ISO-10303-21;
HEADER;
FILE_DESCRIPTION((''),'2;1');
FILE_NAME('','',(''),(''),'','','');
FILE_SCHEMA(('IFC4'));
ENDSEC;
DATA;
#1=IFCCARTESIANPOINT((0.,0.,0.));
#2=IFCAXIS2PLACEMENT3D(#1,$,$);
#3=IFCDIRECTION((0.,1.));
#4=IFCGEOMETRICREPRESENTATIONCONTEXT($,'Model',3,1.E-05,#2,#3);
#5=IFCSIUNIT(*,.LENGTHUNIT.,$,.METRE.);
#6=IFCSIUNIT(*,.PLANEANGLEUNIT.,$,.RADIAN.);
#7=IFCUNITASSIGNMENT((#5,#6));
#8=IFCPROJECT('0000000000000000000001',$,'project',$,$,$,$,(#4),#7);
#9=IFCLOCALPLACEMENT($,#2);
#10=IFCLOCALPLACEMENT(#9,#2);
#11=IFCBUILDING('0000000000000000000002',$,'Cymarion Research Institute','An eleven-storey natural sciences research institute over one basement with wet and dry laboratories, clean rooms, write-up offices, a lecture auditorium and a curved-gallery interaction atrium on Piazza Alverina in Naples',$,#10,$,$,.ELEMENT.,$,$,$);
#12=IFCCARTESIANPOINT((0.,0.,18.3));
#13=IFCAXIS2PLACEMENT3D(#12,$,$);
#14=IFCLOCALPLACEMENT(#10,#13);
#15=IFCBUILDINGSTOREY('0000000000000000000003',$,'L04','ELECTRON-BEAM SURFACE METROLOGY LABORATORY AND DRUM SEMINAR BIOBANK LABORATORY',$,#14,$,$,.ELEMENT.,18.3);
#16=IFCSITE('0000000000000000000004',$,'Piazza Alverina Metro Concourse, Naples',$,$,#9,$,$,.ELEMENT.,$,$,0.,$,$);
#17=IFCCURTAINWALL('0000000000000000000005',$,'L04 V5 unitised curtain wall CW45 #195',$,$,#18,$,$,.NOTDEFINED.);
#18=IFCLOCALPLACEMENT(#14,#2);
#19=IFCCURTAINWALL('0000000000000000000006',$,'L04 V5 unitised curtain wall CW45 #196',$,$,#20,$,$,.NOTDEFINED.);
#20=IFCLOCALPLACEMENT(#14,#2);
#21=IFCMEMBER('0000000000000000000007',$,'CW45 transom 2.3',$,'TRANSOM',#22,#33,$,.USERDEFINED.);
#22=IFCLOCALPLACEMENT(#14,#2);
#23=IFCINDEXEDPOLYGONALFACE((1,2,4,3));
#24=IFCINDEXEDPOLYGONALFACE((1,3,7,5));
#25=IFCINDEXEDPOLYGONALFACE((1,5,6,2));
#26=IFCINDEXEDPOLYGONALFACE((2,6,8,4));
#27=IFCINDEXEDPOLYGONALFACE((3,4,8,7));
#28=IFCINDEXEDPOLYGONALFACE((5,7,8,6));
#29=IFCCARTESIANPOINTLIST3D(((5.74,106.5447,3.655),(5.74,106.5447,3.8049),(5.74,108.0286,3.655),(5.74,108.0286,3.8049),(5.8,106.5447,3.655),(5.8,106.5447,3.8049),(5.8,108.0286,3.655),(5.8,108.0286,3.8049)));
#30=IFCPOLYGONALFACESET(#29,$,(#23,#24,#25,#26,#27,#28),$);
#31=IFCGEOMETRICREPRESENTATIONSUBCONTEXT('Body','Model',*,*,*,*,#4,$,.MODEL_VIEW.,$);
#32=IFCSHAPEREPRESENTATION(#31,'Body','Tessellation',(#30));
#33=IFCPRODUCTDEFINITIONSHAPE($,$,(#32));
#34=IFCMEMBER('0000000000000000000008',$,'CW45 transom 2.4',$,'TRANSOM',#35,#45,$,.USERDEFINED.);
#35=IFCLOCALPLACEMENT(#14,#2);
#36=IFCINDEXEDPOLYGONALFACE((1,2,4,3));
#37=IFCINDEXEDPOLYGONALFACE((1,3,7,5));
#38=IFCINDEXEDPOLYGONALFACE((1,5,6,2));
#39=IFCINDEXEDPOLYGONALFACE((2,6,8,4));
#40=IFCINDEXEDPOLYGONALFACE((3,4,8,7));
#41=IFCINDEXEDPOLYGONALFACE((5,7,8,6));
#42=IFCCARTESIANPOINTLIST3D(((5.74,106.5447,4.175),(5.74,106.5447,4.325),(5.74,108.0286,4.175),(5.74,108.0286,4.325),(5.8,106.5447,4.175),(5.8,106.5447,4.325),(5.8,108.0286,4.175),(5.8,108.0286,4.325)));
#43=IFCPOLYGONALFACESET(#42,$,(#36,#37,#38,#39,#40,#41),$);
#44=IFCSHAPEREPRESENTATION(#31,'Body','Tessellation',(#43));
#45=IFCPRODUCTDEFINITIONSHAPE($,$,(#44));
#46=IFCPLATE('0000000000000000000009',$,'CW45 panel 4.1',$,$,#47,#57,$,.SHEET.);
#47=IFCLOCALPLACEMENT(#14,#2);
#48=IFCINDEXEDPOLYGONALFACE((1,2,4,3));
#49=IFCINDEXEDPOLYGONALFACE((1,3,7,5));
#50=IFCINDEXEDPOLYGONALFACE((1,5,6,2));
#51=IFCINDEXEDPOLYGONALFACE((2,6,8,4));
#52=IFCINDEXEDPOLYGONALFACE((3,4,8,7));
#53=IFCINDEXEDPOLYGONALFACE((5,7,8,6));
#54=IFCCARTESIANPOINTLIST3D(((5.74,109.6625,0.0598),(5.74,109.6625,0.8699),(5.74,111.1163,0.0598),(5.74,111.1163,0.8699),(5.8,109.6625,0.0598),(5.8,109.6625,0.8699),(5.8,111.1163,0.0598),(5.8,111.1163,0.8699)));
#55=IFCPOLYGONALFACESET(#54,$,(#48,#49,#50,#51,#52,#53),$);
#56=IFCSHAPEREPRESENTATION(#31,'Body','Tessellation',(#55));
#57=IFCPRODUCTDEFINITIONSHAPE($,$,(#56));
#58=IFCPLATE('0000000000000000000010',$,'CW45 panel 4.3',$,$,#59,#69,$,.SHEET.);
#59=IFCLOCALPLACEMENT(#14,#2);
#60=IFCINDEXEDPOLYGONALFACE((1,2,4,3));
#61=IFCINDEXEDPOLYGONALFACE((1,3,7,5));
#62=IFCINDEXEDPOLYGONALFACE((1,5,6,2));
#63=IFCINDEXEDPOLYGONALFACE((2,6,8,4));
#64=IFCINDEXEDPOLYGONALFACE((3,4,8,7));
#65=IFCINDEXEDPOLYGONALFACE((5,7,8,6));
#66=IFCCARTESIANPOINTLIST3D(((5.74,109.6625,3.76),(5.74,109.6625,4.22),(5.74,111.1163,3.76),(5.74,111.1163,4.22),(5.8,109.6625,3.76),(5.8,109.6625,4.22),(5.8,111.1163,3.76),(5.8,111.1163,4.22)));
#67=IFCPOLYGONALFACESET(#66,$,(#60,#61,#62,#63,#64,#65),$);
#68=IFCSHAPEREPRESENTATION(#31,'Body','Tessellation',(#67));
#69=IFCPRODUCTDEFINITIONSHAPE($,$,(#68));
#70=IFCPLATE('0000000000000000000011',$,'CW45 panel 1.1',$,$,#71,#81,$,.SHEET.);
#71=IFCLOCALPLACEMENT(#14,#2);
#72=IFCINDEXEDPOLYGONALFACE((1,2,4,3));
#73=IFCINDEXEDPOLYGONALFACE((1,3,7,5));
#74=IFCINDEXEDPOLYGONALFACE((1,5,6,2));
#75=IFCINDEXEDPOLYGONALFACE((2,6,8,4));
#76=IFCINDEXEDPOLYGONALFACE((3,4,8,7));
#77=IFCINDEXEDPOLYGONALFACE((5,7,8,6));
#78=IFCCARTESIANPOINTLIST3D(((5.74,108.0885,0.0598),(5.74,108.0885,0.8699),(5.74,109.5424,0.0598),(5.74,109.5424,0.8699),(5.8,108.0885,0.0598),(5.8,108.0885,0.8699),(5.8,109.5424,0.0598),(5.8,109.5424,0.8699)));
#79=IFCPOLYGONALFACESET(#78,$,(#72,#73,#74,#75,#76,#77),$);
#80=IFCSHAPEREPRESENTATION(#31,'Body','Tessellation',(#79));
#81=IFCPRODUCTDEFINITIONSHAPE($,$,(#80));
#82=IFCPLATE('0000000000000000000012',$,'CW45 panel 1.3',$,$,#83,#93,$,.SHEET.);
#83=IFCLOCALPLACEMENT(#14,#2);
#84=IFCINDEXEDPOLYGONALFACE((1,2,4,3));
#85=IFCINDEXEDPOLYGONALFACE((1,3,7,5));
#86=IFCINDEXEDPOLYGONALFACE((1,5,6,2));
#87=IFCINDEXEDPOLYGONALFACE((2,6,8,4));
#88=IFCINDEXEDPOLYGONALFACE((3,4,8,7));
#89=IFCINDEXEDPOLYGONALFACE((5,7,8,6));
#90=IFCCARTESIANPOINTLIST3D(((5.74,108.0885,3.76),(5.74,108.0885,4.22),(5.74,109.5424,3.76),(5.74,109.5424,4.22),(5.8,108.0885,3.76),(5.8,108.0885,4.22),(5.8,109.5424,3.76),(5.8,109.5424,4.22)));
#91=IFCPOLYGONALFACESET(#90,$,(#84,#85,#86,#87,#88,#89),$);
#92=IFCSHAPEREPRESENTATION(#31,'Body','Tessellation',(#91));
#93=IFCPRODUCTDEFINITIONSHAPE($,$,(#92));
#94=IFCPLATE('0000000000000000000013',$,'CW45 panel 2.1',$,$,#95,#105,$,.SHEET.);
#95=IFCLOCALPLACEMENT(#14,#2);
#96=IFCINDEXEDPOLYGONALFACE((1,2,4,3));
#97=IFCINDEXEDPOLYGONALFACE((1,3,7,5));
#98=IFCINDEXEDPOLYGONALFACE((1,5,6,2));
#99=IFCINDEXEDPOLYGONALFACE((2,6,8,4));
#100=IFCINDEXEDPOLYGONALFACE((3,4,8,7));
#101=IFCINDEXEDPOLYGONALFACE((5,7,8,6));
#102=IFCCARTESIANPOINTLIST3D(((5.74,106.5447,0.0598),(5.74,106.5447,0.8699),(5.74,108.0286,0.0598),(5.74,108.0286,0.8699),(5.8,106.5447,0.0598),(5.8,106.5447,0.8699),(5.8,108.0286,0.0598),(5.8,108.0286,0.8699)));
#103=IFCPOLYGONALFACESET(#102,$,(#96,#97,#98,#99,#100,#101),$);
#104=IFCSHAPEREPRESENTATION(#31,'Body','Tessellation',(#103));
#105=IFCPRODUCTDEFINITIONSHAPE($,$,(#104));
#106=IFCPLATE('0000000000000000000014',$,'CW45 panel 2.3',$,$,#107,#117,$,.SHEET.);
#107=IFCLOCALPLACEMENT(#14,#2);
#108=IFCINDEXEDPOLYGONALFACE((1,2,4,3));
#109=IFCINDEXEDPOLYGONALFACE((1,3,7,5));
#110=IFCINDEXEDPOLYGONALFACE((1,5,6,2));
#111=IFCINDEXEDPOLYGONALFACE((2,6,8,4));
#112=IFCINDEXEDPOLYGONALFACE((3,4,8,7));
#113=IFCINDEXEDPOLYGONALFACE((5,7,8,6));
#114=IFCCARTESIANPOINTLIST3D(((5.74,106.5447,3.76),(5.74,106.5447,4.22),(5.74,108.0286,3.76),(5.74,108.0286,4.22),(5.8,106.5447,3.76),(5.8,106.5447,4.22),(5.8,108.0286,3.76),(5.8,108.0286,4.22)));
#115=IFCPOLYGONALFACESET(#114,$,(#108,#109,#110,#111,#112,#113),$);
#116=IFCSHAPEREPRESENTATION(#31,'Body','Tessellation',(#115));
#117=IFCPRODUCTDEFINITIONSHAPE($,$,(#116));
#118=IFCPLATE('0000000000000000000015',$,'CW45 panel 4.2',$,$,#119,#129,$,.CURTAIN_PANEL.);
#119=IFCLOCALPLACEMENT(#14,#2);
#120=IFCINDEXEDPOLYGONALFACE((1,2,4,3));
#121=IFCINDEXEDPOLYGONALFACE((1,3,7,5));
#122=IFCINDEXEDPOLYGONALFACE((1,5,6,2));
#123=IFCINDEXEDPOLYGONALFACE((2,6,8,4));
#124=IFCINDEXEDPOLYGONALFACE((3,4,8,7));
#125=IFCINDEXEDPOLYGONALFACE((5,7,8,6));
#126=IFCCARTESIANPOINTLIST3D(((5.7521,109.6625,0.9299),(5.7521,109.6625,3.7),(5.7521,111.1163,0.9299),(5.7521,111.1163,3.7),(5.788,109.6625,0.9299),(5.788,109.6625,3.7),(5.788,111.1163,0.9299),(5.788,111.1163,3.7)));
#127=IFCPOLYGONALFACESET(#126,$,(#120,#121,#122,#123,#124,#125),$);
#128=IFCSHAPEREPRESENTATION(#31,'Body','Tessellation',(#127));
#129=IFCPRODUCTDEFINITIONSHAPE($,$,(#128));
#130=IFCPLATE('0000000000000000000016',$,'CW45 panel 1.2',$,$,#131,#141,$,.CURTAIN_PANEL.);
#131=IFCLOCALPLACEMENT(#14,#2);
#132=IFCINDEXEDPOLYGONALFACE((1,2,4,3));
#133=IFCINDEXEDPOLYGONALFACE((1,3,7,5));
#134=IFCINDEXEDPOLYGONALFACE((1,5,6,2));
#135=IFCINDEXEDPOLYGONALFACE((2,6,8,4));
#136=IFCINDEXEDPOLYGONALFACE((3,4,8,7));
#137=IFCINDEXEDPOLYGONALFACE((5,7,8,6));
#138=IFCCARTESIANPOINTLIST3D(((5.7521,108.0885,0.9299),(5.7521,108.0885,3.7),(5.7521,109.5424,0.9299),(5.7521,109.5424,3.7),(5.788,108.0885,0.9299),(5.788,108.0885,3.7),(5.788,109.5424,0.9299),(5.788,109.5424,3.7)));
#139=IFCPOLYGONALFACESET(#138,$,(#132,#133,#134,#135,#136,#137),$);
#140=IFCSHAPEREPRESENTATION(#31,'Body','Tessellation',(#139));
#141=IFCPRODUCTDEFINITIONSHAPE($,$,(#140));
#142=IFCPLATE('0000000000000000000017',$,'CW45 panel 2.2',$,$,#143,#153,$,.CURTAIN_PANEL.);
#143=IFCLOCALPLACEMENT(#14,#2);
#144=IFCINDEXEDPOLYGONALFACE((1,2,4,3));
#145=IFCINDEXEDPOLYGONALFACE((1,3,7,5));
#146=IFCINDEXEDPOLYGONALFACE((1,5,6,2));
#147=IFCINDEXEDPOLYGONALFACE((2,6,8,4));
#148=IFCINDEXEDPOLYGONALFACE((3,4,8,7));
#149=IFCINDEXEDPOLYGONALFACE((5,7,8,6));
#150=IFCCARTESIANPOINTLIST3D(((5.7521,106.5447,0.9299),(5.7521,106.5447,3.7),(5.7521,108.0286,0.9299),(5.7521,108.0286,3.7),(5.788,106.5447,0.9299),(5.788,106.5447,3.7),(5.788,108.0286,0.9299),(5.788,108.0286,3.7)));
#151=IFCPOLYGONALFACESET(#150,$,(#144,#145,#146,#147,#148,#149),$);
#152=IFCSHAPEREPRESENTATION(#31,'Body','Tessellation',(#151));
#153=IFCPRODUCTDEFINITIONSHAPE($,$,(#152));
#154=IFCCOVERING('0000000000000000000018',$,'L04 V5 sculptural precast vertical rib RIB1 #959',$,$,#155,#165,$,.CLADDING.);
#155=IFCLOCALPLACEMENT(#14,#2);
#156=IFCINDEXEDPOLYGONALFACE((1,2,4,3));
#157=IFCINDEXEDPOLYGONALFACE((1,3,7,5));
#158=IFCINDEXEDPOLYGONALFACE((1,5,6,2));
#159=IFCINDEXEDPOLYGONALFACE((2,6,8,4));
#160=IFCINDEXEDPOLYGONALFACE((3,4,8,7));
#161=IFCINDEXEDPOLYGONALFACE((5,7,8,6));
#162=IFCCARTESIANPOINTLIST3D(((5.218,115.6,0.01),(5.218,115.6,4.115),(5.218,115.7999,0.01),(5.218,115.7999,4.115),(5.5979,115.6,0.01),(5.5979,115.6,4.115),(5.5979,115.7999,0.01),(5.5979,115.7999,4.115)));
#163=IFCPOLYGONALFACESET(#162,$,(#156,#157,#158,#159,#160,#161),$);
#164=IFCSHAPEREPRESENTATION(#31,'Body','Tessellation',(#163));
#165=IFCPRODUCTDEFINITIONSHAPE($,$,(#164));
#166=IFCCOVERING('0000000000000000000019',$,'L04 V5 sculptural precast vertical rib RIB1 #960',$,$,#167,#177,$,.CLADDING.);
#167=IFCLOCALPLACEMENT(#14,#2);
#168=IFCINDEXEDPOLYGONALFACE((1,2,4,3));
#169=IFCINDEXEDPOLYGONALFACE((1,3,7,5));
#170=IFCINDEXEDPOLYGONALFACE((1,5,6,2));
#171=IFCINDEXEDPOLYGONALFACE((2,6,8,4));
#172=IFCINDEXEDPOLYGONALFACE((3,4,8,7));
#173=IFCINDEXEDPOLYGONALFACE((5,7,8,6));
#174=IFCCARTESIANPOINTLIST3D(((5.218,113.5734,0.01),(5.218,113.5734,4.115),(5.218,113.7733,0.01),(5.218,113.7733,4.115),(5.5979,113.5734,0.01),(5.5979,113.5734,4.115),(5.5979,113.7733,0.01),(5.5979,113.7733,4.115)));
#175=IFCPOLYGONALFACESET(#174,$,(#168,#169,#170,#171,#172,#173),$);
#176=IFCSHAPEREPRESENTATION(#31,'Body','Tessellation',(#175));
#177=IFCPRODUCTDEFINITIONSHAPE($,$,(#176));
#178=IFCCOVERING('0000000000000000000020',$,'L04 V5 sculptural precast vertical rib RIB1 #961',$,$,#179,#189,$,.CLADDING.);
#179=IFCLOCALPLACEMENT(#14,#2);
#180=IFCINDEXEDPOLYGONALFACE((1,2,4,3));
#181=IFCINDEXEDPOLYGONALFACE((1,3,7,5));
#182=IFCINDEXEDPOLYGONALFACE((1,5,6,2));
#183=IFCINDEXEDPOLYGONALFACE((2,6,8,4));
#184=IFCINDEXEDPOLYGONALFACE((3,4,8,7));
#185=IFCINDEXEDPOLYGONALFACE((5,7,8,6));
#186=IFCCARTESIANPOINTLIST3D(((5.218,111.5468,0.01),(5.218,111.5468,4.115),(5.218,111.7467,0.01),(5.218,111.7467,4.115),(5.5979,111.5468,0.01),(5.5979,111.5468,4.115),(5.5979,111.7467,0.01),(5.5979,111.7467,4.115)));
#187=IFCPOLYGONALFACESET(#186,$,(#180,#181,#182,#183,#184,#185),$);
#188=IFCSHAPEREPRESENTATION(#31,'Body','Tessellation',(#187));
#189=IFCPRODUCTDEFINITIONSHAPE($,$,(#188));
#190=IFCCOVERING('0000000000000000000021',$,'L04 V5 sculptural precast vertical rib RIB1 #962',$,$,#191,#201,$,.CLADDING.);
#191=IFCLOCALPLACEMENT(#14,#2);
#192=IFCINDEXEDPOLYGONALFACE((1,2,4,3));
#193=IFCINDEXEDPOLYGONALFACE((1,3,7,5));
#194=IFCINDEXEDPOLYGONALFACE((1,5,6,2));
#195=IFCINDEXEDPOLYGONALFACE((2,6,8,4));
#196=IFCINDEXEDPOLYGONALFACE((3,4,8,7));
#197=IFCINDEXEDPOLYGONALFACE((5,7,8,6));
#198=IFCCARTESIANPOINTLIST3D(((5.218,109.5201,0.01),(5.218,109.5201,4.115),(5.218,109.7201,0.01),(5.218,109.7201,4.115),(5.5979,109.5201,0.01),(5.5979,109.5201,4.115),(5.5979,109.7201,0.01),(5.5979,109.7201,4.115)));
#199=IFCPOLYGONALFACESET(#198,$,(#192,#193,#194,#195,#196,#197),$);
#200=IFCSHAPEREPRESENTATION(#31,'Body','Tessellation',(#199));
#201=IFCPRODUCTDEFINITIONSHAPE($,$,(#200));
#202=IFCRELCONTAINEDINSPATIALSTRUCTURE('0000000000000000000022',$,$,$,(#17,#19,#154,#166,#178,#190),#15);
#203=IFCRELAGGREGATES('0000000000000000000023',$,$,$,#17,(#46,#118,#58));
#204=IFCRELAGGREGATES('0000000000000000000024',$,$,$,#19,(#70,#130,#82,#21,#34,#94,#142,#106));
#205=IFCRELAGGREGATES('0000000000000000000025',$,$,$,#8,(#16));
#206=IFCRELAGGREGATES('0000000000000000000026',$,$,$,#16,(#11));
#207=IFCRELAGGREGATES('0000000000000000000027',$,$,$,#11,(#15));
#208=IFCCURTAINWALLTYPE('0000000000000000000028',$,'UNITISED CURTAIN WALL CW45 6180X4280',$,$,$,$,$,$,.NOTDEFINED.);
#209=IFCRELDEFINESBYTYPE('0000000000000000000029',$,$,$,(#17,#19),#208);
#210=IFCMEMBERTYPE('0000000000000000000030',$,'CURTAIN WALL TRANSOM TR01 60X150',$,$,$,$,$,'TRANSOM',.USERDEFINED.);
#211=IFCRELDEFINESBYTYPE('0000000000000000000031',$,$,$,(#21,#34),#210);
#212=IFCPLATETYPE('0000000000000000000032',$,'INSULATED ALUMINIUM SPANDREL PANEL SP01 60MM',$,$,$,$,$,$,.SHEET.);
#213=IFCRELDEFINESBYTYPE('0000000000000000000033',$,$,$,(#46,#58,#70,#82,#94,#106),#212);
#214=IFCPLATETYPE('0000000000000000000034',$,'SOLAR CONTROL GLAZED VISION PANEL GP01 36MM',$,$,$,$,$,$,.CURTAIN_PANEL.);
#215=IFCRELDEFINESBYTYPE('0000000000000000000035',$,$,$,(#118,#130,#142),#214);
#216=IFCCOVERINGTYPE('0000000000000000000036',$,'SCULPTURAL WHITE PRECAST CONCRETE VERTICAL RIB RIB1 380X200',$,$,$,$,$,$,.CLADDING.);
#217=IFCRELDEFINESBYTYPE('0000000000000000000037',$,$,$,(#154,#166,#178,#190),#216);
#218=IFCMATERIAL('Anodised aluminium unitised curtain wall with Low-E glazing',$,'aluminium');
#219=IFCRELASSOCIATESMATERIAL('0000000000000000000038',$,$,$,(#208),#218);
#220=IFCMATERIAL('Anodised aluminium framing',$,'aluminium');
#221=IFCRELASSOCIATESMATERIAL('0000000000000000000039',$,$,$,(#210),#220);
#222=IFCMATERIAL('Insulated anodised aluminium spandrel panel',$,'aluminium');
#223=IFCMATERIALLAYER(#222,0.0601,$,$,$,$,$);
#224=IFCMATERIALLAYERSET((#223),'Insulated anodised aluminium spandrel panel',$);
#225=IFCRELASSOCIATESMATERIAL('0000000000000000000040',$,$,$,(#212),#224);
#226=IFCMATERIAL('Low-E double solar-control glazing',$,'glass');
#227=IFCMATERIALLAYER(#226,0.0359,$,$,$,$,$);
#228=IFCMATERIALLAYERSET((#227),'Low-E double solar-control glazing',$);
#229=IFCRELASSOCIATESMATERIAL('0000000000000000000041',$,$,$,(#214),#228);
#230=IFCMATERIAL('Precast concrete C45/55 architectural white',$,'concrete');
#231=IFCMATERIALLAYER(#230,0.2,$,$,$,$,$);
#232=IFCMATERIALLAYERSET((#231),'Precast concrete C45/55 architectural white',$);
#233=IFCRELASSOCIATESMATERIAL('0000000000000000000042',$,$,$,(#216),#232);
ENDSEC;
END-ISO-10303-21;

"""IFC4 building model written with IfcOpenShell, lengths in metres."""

from ifc_helpers import new_model, si_unit, direction, frame, origin, origin_2d, place, context, subcontext, project, spatial, rectangle, extrude, material, layer, layer_set, material_profile, profile_set, type_object, element, aggregate, save


model = new_model("IFC4")

# Units and contexts
model_context = context("Model", 3, precision=1e-05, world=origin(), true_north=direction((0.0, 1.0)))
body_context = subcontext(model_context, "Body", "Model", "MODEL_VIEW")
ifc_project = project(units=[si_unit("LENGTHUNIT", "METRE"), si_unit("PLANEANGLEUNIT", "RADIAN")], contexts=[model_context])

# Site, building, storey
site_placement = place(None, origin())
site = spatial("IfcSite", under=ifc_project, at=site_placement, Name="Piazza Alverina Metro Concourse, Naples", CompositionType="ELEMENT", RefElevation=0.0)
building_placement = place(site_placement, origin())
building = spatial("IfcBuilding", under=site, at=building_placement, Name="Cymarion Research Institute", Description="An eleven-storey natural sciences research institute over one basement with wet and dry laboratories, clean rooms, write-up offices, a lecture auditorium and a curved-gallery interaction atrium on Piazza Alverina in Naples", CompositionType="ELEMENT")
storey_placement = place(building_placement, frame((0.0, 0.0, 18.3)))
storey = spatial("IfcBuildingStorey", under=building, at=storey_placement, Name="L04", Description="ELECTRON-BEAM SURFACE METROLOGY LABORATORY AND DRUM SEMINAR BIOBANK LABORATORY", CompositionType="ELEMENT", Elevation=18.3)

# Curtain walls
ifc_material_1 = material(Name="Anodised aluminium unitised curtain wall with Low-E glazing", Category="aluminium")
curtain_wall_type = type_object("IfcCurtainWallType", Name="UNITISED CURTAIN WALL CW45 6180X4280", PredefinedType="NOTDEFINED", material=ifc_material_1)
curtain_wall_1_placement = place(storey_placement, origin())
curtain_wall_1 = element("IfcCurtainWall", 1, at=curtain_wall_1_placement, inside=storey, type_object=curtain_wall_type, Name="L04 V5 unitised curtain wall CW45 #195", PredefinedType="NOTDEFINED")
ifc_material_2 = material(Name="Anodised aluminium framing", Category="aluminium")
curtain_wall_2_placement = place(storey_placement, origin())
curtain_wall_2 = element("IfcCurtainWall", 2, at=curtain_wall_2_placement, inside=storey, type_object=curtain_wall_type, Name="L04 V5 unitised curtain wall CW45 #196", PredefinedType="NOTDEFINED")

# Members
ifc_material_profile_1 = material_profile(ifc_material_2, rectangle(XDim=0.0601, YDim=0.1499, at=origin_2d()), Name="ALU TRANSOM 60x150")
ifc_profile_set_1 = profile_set([ifc_material_profile_1], Name="Anodised aluminium framing")
member_type_1 = type_object("IfcMemberType", Name="CURTAIN WALL TRANSOM TR01 60X150", ElementType="TRANSOM", PredefinedType="USERDEFINED", material=ifc_profile_set_1)
member_1_placement = place(storey_placement, frame((5.77, 108.0286, 3.73), z_axis=(0.0, -1.0, 0.0), x_axis=(1.0, 0.0, 0.0)))
member_1 = element("IfcMember", 3, at=member_1_placement, type_object=member_type_1, Name="CW45 transom 2.3", ObjectType="TRANSOM", PredefinedType="USERDEFINED", context=body_context, shape_type="SweptSolid", body=[
    extrude(rectangle(XDim=0.0601, YDim=0.1499, at=origin_2d()), origin(), (0.0, 0.0, 1.0), 1.4839),
])
member_2_placement = place(storey_placement, frame((5.77, 108.0286, 4.25), z_axis=(0.0, -1.0, 0.0), x_axis=(1.0, 0.0, 0.0)))
member_2 = element("IfcMember", 4, at=member_2_placement, type_object=member_type_1, Name="CW45 transom 2.4", ObjectType="TRANSOM", PredefinedType="USERDEFINED", context=body_context, shape_type="SweptSolid", body=[
    extrude(rectangle(XDim=0.0601, YDim=0.1499, at=origin_2d()), origin(), (0.0, 0.0, 1.0), 1.4839),
])

# Plates
ifc_material_3 = material(Name="Insulated anodised aluminium spandrel panel", Category="aluminium")
ifc_layer_1 = layer(ifc_material_3, 0.0601)
ifc_layer_set_1 = layer_set([ifc_layer_1], Name="Insulated anodised aluminium spandrel panel")
plate_type_1 = type_object("IfcPlateType", Name="INSULATED ALUMINIUM SPANDREL PANEL SP01 60MM", PredefinedType="SHEET", material=ifc_layer_set_1)
plate_1_placement = place(storey_placement, frame((5.77, 110.3894, 0.0598), z_axis=(0.0, 0.0, 1.0), x_axis=(0.0, -1.0, 0.0)))
plate_1 = element("IfcPlate", 5, at=plate_1_placement, type_object=plate_type_1, Name="CW45 panel 4.1", PredefinedType="SHEET", context=body_context, shape_type="SweptSolid", body=[
    extrude(rectangle(XDim=1.4539, YDim=0.0601, at=origin_2d()), origin(), (0.0, 0.0, 1.0), 0.8101),
])
plate_2_placement = place(storey_placement, frame((5.77, 110.3894, 3.76), z_axis=(0.0, 0.0, 1.0), x_axis=(0.0, -1.0, 0.0)))
plate_2 = element("IfcPlate", 6, at=plate_2_placement, type_object=plate_type_1, Name="CW45 panel 4.3", PredefinedType="SHEET", context=body_context, shape_type="SweptSolid", body=[
    extrude(rectangle(XDim=1.4539, YDim=0.0601, at=origin_2d()), origin(), (0.0, 0.0, 1.0), 0.46),
])
plate_3_placement = place(storey_placement, frame((5.77, 108.8154, 0.0598), z_axis=(0.0, 0.0, 1.0), x_axis=(0.0, -1.0, 0.0)))
plate_3 = element("IfcPlate", 7, at=plate_3_placement, type_object=plate_type_1, Name="CW45 panel 1.1", PredefinedType="SHEET", context=body_context, shape_type="SweptSolid", body=[
    extrude(rectangle(XDim=1.4539, YDim=0.0601, at=origin_2d()), origin(), (0.0, 0.0, 1.0), 0.8101),
])
plate_4_placement = place(storey_placement, frame((5.77, 108.8154, 3.76), z_axis=(0.0, 0.0, 1.0), x_axis=(0.0, -1.0, 0.0)))
plate_4 = element("IfcPlate", 8, at=plate_4_placement, type_object=plate_type_1, Name="CW45 panel 1.3", PredefinedType="SHEET", context=body_context, shape_type="SweptSolid", body=[
    extrude(rectangle(XDim=1.4539, YDim=0.0601, at=origin_2d()), origin(), (0.0, 0.0, 1.0), 0.46),
])
plate_5_placement = place(storey_placement, frame((5.77, 107.2866, 0.0598), z_axis=(0.0, 0.0, 1.0), x_axis=(0.0, -1.0, 0.0)))
plate_5 = element("IfcPlate", 9, at=plate_5_placement, type_object=plate_type_1, Name="CW45 panel 2.1", PredefinedType="SHEET", context=body_context, shape_type="SweptSolid", body=[
    extrude(rectangle(XDim=1.4839, YDim=0.0601, at=origin_2d()), origin(), (0.0, 0.0, 1.0), 0.8101),
])
plate_6_placement = place(storey_placement, frame((5.77, 107.2866, 3.76), z_axis=(0.0, 0.0, 1.0), x_axis=(0.0, -1.0, 0.0)))
plate_6 = element("IfcPlate", 10, at=plate_6_placement, type_object=plate_type_1, Name="CW45 panel 2.3", PredefinedType="SHEET", context=body_context, shape_type="SweptSolid", body=[
    extrude(rectangle(XDim=1.4839, YDim=0.0601, at=origin_2d()), origin(), (0.0, 0.0, 1.0), 0.46),
])
ifc_material_4 = material(Name="Low-E double solar-control glazing", Category="glass")
ifc_layer_2 = layer(ifc_material_4, 0.0359)
ifc_layer_set_2 = layer_set([ifc_layer_2], Name="Low-E double solar-control glazing")
plate_type_2 = type_object("IfcPlateType", Name="SOLAR CONTROL GLAZED VISION PANEL GP01 36MM", PredefinedType="CURTAIN_PANEL", material=ifc_layer_set_2)
plate_7_placement = place(storey_placement, frame((5.77, 110.3894, 0.9299), z_axis=(0.0, 0.0, 1.0), x_axis=(0.0, -1.0, 0.0)))
plate_7 = element("IfcPlate", 11, at=plate_7_placement, type_object=plate_type_2, Name="CW45 panel 4.2", PredefinedType="CURTAIN_PANEL", context=body_context, shape_type="SweptSolid", body=[
    extrude(rectangle(XDim=1.4539, YDim=0.0359, at=origin_2d()), origin(), (0.0, 0.0, 1.0), 2.77),
])
aggregate(curtain_wall_1, [plate_1, plate_7, plate_2])
plate_8_placement = place(storey_placement, frame((5.77, 108.8154, 0.9299), z_axis=(0.0, 0.0, 1.0), x_axis=(0.0, -1.0, 0.0)))
plate_8 = element("IfcPlate", 12, at=plate_8_placement, type_object=plate_type_2, Name="CW45 panel 1.2", PredefinedType="CURTAIN_PANEL", context=body_context, shape_type="SweptSolid", body=[
    extrude(rectangle(XDim=1.4539, YDim=0.0359, at=origin_2d()), origin(), (0.0, 0.0, 1.0), 2.77),
])
plate_9_placement = place(storey_placement, frame((5.77, 107.2866, 0.9299), z_axis=(0.0, 0.0, 1.0), x_axis=(0.0, -1.0, 0.0)))
plate_9 = element("IfcPlate", 13, at=plate_9_placement, type_object=plate_type_2, Name="CW45 panel 2.2", PredefinedType="CURTAIN_PANEL", context=body_context, shape_type="SweptSolid", body=[
    extrude(rectangle(XDim=1.4839, YDim=0.0359, at=origin_2d()), origin(), (0.0, 0.0, 1.0), 2.77),
])
aggregate(curtain_wall_2, [plate_3, plate_8, plate_4, member_1, member_2, plate_5, plate_9, plate_6])

# Coverings
ifc_material_5 = material(Name="Precast concrete C45/55 architectural white", Category="concrete")
ifc_layer_3 = layer(ifc_material_5, 0.2)
ifc_layer_set_3 = layer_set([ifc_layer_3], Name="Precast concrete C45/55 architectural white")
covering_type = type_object("IfcCoveringType", Name="SCULPTURAL WHITE PRECAST CONCRETE VERTICAL RIB RIB1 380X200", PredefinedType="CLADDING", material=ifc_layer_set_3)
for number, where, z_axis, x_axis, name in (
    (14, (5.408, 115.7, 0.01), (0.0, 0.0, 1.0), (-1.0, 0.0, 0.0), "L04 V5 sculptural precast vertical rib RIB1 #959"),
    (15, (5.408, 113.6733, 0.01), (0.0, 0.0, 1.0), (-1.0, 0.0, 0.0), "L04 V5 sculptural precast vertical rib RIB1 #960"),
    (16, (5.408, 111.6467, 0.01), (0.0, 0.0, 1.0), (-1.0, 0.0, 0.0), "L04 V5 sculptural precast vertical rib RIB1 #961"),
    (17, (5.408, 109.6201, 0.01), (0.0, 0.0, 1.0), (-1.0, 0.0, 0.0), "L04 V5 sculptural precast vertical rib RIB1 #962"),
):
    element("IfcCovering", number, at=place(storey_placement, frame(where, z_axis=z_axis, x_axis=x_axis)), inside=storey, type_object=covering_type, Name=name, PredefinedType="CLADDING", context=body_context, shape_type="SweptSolid", body=[
        extrude(rectangle(XDim=0.3799, YDim=0.2, at=origin_2d()), origin(), (0.0, 0.0, 1.0), 4.105),
    ])

save(model, "model.ifc")
